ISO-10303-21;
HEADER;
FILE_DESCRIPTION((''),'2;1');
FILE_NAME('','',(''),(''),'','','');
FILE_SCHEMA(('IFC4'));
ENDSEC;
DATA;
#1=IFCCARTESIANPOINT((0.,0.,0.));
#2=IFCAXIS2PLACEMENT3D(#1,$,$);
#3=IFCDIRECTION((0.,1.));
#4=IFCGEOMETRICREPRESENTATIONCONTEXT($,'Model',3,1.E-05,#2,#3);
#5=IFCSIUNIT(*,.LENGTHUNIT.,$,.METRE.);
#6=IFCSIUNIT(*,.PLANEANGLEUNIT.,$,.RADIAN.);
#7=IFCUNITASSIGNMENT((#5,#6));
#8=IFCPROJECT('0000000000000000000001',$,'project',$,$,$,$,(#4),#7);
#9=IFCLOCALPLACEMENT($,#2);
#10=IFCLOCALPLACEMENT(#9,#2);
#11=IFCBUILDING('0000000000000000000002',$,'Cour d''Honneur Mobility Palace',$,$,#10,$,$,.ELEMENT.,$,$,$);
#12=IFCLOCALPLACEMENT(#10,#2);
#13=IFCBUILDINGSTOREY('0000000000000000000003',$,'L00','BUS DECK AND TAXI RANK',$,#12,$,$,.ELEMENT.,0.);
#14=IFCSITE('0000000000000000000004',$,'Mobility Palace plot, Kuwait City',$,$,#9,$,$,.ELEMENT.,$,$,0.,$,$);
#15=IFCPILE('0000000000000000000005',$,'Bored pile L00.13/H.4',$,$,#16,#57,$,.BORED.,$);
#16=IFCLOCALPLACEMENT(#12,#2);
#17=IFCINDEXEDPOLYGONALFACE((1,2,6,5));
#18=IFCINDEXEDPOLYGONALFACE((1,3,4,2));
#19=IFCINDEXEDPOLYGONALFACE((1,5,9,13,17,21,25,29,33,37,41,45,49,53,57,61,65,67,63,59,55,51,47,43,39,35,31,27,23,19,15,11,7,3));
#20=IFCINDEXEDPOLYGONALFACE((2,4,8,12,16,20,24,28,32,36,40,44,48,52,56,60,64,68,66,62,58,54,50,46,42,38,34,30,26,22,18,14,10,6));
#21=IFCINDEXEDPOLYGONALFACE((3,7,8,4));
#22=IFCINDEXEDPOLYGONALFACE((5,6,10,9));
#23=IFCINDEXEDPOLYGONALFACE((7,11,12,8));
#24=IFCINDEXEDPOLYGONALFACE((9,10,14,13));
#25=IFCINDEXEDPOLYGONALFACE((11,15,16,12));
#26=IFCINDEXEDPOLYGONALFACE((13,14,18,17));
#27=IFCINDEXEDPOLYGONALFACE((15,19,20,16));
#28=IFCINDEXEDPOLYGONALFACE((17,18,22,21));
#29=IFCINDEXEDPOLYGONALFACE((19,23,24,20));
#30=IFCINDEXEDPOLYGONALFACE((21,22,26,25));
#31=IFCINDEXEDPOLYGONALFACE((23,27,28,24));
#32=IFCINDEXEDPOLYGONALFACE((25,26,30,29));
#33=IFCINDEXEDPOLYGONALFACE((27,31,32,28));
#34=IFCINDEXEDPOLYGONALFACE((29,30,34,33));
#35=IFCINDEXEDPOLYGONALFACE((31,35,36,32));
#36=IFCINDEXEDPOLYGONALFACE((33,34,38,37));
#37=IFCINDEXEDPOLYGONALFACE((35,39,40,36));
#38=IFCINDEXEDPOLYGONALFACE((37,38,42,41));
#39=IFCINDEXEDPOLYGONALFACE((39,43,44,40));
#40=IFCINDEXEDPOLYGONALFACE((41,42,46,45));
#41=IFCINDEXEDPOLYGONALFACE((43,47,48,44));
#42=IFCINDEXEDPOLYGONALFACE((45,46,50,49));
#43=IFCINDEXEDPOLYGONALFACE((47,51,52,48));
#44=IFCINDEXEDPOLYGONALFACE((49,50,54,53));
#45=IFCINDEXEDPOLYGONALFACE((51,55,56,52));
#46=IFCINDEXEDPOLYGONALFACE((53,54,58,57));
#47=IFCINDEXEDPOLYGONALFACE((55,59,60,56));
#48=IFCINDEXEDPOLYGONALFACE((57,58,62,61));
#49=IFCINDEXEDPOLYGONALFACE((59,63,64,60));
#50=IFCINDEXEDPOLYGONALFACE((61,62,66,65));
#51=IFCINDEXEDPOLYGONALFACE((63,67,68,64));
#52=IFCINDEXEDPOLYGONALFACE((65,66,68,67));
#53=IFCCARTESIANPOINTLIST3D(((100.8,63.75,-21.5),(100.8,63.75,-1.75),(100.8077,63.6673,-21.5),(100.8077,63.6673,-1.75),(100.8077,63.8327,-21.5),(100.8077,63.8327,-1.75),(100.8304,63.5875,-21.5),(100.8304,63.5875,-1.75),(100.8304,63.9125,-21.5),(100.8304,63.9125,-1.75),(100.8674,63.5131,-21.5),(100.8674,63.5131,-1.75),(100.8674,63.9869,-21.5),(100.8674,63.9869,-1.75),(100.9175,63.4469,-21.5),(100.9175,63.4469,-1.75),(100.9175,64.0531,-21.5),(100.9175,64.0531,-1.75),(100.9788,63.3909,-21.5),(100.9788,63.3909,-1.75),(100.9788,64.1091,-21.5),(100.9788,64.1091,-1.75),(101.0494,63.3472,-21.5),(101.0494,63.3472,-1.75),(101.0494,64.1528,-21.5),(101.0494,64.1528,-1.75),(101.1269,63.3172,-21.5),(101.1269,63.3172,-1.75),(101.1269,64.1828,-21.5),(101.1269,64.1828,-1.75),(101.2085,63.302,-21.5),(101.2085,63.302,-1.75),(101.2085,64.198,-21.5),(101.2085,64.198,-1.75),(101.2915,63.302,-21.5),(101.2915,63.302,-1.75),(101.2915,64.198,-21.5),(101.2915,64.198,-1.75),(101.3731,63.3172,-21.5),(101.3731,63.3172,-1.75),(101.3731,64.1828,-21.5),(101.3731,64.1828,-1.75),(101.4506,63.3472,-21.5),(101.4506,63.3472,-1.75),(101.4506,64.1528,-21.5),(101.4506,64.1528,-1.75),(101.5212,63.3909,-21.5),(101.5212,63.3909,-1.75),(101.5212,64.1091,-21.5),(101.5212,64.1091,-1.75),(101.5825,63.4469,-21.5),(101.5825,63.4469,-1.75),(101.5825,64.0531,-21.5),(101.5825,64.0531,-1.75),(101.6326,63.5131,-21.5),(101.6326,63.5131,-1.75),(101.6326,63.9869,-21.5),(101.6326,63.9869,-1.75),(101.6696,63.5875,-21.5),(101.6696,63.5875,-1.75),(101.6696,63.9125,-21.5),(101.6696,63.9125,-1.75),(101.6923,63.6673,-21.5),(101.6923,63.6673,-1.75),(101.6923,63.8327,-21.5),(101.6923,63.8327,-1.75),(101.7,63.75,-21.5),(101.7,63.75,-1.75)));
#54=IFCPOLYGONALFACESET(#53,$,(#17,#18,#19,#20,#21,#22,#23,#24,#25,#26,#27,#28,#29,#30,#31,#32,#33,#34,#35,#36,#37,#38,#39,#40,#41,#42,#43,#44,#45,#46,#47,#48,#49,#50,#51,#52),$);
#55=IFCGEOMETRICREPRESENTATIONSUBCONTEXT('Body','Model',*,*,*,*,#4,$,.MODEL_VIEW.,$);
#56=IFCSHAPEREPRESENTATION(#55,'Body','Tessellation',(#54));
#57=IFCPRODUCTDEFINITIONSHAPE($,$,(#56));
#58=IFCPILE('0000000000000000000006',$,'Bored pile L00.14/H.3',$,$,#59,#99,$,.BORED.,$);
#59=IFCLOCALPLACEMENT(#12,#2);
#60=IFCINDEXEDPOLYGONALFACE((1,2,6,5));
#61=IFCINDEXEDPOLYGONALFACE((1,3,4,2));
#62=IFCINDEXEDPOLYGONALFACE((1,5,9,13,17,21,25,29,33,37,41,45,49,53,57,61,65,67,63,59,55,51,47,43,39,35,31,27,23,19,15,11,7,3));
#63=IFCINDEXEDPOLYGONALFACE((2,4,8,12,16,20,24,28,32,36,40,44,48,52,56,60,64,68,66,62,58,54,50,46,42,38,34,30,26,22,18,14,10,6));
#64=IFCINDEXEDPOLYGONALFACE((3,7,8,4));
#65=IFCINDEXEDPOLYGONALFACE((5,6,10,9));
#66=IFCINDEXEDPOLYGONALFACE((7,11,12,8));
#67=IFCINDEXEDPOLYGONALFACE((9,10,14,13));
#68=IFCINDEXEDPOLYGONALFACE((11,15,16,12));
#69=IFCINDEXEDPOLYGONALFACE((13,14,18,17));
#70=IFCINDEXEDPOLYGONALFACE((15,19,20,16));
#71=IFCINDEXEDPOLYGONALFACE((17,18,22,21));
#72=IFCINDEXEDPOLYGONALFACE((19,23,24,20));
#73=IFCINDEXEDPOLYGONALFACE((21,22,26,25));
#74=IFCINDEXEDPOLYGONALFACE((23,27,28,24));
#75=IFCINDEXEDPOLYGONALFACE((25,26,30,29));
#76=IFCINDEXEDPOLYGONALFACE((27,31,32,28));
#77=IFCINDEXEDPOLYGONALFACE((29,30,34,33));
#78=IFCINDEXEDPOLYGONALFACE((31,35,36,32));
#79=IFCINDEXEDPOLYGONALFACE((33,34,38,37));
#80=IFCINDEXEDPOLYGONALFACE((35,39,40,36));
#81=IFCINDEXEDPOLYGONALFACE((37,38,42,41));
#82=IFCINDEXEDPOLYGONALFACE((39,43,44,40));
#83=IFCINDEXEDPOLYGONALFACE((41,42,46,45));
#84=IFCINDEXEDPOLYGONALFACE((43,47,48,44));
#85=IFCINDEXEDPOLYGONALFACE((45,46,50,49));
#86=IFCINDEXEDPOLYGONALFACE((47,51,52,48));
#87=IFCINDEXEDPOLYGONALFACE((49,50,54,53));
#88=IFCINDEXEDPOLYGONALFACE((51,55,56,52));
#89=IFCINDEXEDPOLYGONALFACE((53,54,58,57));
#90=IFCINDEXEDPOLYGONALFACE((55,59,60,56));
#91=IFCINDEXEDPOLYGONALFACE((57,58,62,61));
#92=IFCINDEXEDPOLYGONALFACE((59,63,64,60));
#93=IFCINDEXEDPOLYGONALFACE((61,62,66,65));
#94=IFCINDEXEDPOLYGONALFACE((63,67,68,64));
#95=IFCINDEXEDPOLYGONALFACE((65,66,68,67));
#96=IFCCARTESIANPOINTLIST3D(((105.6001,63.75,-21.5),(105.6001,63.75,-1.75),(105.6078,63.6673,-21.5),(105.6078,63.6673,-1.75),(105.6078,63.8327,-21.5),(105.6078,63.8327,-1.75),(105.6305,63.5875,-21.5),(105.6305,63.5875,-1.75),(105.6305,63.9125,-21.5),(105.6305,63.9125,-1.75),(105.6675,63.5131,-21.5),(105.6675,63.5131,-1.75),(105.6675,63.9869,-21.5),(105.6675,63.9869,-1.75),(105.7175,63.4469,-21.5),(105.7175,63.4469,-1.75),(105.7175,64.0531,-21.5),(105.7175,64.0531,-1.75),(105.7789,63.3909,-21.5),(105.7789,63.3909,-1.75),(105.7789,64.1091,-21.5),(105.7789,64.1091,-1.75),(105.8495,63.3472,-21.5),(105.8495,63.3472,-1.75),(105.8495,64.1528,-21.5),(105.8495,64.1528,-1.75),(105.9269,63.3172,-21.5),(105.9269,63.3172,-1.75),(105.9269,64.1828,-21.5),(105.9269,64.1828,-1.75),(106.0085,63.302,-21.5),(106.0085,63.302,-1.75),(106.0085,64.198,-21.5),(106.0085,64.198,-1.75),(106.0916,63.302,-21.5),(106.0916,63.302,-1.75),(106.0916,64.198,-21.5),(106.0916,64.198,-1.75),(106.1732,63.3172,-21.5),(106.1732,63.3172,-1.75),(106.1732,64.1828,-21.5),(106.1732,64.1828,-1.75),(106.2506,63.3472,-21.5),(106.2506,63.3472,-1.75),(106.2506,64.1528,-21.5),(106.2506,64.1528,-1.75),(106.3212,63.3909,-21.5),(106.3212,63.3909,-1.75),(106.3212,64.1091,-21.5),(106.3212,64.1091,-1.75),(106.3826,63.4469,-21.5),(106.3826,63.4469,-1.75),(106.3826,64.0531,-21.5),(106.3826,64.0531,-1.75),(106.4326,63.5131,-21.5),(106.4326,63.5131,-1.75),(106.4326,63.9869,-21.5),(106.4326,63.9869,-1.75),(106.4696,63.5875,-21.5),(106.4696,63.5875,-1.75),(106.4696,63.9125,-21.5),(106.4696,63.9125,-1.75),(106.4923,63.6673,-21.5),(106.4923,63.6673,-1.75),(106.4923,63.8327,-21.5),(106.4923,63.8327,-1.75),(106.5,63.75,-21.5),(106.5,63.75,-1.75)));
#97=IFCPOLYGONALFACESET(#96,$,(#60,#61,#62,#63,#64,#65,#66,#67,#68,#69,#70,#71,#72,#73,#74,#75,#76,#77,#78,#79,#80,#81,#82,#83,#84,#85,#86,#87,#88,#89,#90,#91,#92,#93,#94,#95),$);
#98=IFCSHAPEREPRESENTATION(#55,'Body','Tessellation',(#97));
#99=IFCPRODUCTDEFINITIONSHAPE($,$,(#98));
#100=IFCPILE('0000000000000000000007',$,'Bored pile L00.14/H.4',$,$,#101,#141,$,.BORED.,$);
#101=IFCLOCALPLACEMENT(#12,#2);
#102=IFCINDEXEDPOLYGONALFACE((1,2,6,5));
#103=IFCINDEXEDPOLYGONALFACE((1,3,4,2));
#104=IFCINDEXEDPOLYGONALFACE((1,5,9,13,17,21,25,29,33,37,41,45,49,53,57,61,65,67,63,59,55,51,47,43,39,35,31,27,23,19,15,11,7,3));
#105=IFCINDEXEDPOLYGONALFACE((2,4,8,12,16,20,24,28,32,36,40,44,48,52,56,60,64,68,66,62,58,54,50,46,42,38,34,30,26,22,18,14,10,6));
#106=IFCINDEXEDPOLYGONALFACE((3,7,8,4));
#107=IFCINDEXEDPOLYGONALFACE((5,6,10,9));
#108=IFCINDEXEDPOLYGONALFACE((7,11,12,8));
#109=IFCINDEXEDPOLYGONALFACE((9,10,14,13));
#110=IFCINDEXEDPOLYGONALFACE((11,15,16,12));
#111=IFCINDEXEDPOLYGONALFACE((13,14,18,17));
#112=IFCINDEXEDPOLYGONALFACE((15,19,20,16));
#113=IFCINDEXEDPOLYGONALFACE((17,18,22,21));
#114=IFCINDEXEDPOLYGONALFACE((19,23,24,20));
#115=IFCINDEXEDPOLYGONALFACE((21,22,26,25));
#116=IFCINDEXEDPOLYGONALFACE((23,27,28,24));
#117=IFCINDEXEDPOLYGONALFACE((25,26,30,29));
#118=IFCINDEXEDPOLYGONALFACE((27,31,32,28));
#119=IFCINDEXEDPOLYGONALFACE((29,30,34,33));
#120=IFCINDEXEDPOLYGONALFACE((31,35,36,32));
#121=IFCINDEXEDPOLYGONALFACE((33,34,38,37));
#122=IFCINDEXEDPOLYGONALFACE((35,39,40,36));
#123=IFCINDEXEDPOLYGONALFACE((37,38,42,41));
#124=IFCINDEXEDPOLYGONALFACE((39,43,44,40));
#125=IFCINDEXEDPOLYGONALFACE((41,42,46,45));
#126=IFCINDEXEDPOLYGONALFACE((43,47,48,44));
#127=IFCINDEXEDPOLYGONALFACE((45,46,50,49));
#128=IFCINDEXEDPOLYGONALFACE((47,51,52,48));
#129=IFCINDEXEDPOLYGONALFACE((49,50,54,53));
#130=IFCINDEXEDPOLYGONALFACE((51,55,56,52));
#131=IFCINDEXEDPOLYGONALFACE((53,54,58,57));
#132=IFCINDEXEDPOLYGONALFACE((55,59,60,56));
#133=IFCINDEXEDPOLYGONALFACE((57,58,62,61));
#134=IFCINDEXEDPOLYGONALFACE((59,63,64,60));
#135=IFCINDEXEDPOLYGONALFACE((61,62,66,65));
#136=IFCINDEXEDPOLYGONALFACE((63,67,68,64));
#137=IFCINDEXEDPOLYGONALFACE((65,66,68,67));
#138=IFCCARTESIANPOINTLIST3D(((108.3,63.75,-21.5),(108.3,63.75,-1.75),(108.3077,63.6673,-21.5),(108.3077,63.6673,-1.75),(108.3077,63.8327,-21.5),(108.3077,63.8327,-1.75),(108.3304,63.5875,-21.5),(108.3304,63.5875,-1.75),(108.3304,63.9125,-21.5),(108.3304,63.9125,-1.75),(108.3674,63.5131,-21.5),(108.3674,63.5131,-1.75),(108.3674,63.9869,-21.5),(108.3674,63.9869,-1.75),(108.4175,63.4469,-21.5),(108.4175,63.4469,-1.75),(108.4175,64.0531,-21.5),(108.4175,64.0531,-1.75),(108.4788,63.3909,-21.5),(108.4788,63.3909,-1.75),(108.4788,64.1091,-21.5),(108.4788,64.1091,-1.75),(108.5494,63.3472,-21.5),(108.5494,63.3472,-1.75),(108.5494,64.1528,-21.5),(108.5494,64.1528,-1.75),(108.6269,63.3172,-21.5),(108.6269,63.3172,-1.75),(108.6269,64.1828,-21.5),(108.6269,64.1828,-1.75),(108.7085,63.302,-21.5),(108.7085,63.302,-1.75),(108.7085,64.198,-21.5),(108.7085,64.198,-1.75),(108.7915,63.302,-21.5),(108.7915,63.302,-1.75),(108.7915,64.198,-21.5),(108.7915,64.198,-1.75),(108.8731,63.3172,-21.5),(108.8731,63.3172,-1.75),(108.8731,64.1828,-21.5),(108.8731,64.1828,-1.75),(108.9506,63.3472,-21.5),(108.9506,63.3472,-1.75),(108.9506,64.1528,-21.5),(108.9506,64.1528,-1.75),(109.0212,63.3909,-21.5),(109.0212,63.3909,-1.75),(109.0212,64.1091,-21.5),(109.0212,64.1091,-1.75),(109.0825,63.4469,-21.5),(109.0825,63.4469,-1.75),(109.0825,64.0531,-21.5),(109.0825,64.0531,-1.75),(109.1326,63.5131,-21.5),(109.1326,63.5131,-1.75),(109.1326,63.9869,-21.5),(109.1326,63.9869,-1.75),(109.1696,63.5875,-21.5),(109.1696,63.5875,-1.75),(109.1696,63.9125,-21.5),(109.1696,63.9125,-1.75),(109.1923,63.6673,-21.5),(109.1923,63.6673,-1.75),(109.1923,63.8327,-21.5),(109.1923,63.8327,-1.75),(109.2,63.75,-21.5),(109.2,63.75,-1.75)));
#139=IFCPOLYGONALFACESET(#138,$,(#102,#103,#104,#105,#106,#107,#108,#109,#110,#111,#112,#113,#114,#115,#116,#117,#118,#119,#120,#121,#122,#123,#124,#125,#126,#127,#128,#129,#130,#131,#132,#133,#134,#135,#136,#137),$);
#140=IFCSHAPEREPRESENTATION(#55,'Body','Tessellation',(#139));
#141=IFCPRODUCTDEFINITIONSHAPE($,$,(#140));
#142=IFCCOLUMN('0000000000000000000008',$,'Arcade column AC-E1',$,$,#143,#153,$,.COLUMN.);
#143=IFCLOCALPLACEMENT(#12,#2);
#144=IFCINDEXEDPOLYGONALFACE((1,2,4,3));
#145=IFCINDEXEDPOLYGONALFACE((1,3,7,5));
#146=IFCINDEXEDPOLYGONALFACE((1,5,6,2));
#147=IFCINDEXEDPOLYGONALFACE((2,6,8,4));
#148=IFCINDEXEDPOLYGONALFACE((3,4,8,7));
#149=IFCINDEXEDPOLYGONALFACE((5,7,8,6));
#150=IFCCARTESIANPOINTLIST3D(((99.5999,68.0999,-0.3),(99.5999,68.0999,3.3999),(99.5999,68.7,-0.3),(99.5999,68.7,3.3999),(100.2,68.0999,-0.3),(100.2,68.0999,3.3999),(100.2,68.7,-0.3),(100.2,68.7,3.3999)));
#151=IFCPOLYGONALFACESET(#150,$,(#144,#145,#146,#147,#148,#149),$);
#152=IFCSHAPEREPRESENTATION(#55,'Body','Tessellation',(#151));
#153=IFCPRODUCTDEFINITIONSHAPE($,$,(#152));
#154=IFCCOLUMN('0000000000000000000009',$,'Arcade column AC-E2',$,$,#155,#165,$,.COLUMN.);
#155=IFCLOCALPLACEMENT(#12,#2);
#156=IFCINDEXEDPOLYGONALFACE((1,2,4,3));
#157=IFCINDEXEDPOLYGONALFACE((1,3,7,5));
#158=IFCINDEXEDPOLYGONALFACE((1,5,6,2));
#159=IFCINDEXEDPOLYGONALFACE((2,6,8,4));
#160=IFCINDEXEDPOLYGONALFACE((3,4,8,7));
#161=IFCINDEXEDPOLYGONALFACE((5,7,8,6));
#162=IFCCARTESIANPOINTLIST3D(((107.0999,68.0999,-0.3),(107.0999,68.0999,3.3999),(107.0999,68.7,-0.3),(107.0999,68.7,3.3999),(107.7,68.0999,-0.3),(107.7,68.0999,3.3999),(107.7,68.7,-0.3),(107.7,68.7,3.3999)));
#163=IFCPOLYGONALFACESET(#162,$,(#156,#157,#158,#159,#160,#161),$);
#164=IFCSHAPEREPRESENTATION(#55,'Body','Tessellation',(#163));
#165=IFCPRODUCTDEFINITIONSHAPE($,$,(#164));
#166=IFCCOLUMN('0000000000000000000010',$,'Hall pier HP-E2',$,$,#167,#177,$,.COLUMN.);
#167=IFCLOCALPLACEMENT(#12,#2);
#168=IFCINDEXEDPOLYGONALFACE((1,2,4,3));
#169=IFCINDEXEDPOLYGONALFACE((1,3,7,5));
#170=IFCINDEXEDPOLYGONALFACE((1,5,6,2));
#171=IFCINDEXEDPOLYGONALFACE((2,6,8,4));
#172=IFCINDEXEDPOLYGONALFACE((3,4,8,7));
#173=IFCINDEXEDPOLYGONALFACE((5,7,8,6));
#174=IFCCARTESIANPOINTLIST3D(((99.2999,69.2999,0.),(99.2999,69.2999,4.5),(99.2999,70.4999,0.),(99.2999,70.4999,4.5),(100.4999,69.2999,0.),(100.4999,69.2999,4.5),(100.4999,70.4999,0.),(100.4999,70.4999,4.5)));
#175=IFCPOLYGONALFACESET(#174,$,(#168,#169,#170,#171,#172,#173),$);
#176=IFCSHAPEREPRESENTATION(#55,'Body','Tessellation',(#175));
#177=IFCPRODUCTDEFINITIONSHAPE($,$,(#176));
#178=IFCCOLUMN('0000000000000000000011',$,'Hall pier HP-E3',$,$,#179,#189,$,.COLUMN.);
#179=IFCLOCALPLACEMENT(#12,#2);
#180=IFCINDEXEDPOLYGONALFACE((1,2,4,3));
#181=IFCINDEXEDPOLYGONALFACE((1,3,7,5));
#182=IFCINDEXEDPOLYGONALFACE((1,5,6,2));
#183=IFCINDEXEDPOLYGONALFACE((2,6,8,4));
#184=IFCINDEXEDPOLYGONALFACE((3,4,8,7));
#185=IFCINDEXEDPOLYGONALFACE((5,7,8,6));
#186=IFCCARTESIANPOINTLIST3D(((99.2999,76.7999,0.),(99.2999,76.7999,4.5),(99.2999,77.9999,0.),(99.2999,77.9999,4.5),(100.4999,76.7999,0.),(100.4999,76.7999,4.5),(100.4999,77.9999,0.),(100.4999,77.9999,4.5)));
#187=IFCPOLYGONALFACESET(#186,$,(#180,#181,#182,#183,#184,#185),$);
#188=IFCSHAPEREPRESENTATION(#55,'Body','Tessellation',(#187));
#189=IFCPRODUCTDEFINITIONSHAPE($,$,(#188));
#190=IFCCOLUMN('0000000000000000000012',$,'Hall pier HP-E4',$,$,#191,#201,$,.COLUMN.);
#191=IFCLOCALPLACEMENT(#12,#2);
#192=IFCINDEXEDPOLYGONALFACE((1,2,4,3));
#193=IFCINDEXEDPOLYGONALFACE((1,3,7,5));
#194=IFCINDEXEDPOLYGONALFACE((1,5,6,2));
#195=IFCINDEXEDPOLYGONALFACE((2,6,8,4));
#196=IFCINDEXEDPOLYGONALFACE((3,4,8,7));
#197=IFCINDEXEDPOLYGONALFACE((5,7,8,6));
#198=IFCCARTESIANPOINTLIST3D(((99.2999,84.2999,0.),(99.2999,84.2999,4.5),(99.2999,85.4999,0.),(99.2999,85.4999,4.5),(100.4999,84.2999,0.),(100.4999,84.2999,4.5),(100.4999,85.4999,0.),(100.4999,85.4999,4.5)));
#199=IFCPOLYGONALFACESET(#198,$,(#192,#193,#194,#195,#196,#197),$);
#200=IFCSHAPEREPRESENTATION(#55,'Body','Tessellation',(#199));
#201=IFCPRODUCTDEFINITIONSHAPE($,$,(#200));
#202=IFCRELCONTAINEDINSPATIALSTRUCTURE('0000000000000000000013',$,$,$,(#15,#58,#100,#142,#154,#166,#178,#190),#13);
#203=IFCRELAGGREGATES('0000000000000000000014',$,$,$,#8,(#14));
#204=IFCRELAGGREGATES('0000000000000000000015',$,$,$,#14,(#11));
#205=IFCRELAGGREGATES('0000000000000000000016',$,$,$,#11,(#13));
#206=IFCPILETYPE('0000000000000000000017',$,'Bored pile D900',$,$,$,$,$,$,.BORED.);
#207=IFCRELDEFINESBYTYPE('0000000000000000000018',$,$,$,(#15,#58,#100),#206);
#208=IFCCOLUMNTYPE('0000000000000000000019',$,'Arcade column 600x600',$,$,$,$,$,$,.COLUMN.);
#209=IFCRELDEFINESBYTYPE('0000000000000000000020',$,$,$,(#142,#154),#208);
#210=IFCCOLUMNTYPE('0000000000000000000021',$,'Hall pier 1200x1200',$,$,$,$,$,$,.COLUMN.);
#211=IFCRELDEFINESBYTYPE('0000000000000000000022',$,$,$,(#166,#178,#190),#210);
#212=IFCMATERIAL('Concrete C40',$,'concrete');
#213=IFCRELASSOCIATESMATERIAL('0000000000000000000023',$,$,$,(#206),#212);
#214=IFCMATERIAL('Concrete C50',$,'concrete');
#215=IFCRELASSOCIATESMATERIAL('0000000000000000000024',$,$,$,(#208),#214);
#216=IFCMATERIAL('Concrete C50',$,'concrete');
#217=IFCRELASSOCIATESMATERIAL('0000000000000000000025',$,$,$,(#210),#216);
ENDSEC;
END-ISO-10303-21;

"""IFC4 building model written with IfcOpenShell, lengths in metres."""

from ifc_helpers import new_model, si_unit, direction, frame, origin, origin_2d, place, context, subcontext, project, spatial, rectangle, circle, extrude, material, material_profile, profile_set, type_object, element, save


model = new_model("IFC4")

# Units and contexts
model_context = context("Model", 3, precision=1e-05, world=origin(), true_north=direction((0.0, 1.0)))
body_context = subcontext(model_context, "Body", "Model", "MODEL_VIEW")
ifc_project = project(units=[si_unit("LENGTHUNIT", "METRE"), si_unit("PLANEANGLEUNIT", "RADIAN")], contexts=[model_context])

# Site, building, storey
site_placement = place(None, origin())
site = spatial("IfcSite", under=ifc_project, at=site_placement, Name="Mobility Palace plot, Kuwait City", CompositionType="ELEMENT", RefElevation=0.0)
building_placement = place(site_placement, origin())
building = spatial("IfcBuilding", under=site, at=building_placement, Name="Cour d'Honneur Mobility Palace", CompositionType="ELEMENT")
storey_placement = place(building_placement, origin())
storey = spatial("IfcBuildingStorey", under=building, at=storey_placement, Name="L00", Description="BUS DECK AND TAXI RANK", CompositionType="ELEMENT", Elevation=0.0)

# Piles
ifc_material_1 = material(Name="Concrete C40", Category="concrete")
ifc_material_profile_1 = material_profile(ifc_material_1, circle(Radius=0.45, at=origin_2d()), Name="Bored pile D900")
ifc_profile_set_1 = profile_set([ifc_material_profile_1], Name="Concrete C40")
pile_type_1 = type_object("IfcPileType", Name="Bored pile D900", PredefinedType="BORED", material=ifc_profile_set_1)
for number, where, z_axis, x_axis, name in (
    (1, (101.25, 63.75, -1.75), (0.0, 0.0, -1.0), (1.0, 0.0, 0.0), "Bored pile L00.13/H.4"),
    (2, (106.05, 63.75, -1.75), (0.0, 0.0, -1.0), (1.0, 0.0, 0.0), "Bored pile L00.14/H.3"),
    (3, (108.75, 63.75, -1.75), (0.0, 0.0, -1.0), (1.0, 0.0, 0.0), "Bored pile L00.14/H.4"),
):
    element("IfcPile", number, at=place(storey_placement, frame(where, z_axis=z_axis, x_axis=x_axis)), inside=storey, type_object=pile_type_1, Name=name, PredefinedType="BORED", context=body_context, shape_type="SweptSolid", body=[
        extrude(circle(Radius=0.45, at=origin_2d()), origin(), (0.0, 0.0, 1.0), 19.75),
    ])

# Columns
ifc_material_2 = material(Name="Concrete C50", Category="concrete")
ifc_material_profile_2 = material_profile(ifc_material_2, rectangle(XDim=0.6001, YDim=0.6001, at=origin_2d()), Name="Arcade column 600x600")
ifc_profile_set_2 = profile_set([ifc_material_profile_2], Name="Concrete C50")
column_type_1 = type_object("IfcColumnType", Name="Arcade column 600x600", PredefinedType="COLUMN", material=ifc_profile_set_2)
for number, where, z_axis, x_axis, name in (
    (4, (99.8999, 68.3999, -0.3), (0.0, 0.0, 1.0), (1.0, 0.0, 0.0), "Arcade column AC-E1"),
    (5, (107.3999, 68.3999, -0.3), (0.0, 0.0, 1.0), (1.0, 0.0, 0.0), "Arcade column AC-E2"),
):
    element("IfcColumn", number, at=place(storey_placement, frame(where, z_axis=z_axis, x_axis=x_axis)), inside=storey, type_object=column_type_1, Name=name, PredefinedType="COLUMN", context=body_context, shape_type="SweptSolid", body=[
        extrude(rectangle(XDim=0.6001, YDim=0.6001, at=origin_2d()), origin(), (0.0, 0.0, 1.0), 3.7),
    ])
ifc_material_3 = material(Name="Concrete C50", Category="concrete")
ifc_material_profile_3 = material_profile(ifc_material_3, rectangle(XDim=1.2, YDim=1.2, at=origin_2d()), Name="Hall pier 1200x1200")
ifc_profile_set_3 = profile_set([ifc_material_profile_3], Name="Concrete C50")
column_type_2 = type_object("IfcColumnType", Name="Hall pier 1200x1200", PredefinedType="COLUMN", material=ifc_profile_set_3)
for number, where, z_axis, x_axis, name in (
    (6, (99.8999, 69.8999, 0.0), (0.0, 0.0, 1.0), (1.0, 0.0, 0.0), "Hall pier HP-E2"),
    (7, (99.8999, 77.3999, 0.0), (0.0, 0.0, 1.0), (1.0, 0.0, 0.0), "Hall pier HP-E3"),
    (8, (99.8999, 84.8999, 0.0), (0.0, 0.0, 1.0), (1.0, 0.0, 0.0), "Hall pier HP-E4"),
):
    element("IfcColumn", number, at=place(storey_placement, frame(where, z_axis=z_axis, x_axis=x_axis)), inside=storey, type_object=column_type_2, Name=name, PredefinedType="COLUMN", context=body_context, shape_type="SweptSolid", body=[
        extrude(rectangle(XDim=1.2, YDim=1.2, at=origin_2d()), origin(), (0.0, 0.0, 1.0), 4.5),
    ])

save(model, "model.ifc")
